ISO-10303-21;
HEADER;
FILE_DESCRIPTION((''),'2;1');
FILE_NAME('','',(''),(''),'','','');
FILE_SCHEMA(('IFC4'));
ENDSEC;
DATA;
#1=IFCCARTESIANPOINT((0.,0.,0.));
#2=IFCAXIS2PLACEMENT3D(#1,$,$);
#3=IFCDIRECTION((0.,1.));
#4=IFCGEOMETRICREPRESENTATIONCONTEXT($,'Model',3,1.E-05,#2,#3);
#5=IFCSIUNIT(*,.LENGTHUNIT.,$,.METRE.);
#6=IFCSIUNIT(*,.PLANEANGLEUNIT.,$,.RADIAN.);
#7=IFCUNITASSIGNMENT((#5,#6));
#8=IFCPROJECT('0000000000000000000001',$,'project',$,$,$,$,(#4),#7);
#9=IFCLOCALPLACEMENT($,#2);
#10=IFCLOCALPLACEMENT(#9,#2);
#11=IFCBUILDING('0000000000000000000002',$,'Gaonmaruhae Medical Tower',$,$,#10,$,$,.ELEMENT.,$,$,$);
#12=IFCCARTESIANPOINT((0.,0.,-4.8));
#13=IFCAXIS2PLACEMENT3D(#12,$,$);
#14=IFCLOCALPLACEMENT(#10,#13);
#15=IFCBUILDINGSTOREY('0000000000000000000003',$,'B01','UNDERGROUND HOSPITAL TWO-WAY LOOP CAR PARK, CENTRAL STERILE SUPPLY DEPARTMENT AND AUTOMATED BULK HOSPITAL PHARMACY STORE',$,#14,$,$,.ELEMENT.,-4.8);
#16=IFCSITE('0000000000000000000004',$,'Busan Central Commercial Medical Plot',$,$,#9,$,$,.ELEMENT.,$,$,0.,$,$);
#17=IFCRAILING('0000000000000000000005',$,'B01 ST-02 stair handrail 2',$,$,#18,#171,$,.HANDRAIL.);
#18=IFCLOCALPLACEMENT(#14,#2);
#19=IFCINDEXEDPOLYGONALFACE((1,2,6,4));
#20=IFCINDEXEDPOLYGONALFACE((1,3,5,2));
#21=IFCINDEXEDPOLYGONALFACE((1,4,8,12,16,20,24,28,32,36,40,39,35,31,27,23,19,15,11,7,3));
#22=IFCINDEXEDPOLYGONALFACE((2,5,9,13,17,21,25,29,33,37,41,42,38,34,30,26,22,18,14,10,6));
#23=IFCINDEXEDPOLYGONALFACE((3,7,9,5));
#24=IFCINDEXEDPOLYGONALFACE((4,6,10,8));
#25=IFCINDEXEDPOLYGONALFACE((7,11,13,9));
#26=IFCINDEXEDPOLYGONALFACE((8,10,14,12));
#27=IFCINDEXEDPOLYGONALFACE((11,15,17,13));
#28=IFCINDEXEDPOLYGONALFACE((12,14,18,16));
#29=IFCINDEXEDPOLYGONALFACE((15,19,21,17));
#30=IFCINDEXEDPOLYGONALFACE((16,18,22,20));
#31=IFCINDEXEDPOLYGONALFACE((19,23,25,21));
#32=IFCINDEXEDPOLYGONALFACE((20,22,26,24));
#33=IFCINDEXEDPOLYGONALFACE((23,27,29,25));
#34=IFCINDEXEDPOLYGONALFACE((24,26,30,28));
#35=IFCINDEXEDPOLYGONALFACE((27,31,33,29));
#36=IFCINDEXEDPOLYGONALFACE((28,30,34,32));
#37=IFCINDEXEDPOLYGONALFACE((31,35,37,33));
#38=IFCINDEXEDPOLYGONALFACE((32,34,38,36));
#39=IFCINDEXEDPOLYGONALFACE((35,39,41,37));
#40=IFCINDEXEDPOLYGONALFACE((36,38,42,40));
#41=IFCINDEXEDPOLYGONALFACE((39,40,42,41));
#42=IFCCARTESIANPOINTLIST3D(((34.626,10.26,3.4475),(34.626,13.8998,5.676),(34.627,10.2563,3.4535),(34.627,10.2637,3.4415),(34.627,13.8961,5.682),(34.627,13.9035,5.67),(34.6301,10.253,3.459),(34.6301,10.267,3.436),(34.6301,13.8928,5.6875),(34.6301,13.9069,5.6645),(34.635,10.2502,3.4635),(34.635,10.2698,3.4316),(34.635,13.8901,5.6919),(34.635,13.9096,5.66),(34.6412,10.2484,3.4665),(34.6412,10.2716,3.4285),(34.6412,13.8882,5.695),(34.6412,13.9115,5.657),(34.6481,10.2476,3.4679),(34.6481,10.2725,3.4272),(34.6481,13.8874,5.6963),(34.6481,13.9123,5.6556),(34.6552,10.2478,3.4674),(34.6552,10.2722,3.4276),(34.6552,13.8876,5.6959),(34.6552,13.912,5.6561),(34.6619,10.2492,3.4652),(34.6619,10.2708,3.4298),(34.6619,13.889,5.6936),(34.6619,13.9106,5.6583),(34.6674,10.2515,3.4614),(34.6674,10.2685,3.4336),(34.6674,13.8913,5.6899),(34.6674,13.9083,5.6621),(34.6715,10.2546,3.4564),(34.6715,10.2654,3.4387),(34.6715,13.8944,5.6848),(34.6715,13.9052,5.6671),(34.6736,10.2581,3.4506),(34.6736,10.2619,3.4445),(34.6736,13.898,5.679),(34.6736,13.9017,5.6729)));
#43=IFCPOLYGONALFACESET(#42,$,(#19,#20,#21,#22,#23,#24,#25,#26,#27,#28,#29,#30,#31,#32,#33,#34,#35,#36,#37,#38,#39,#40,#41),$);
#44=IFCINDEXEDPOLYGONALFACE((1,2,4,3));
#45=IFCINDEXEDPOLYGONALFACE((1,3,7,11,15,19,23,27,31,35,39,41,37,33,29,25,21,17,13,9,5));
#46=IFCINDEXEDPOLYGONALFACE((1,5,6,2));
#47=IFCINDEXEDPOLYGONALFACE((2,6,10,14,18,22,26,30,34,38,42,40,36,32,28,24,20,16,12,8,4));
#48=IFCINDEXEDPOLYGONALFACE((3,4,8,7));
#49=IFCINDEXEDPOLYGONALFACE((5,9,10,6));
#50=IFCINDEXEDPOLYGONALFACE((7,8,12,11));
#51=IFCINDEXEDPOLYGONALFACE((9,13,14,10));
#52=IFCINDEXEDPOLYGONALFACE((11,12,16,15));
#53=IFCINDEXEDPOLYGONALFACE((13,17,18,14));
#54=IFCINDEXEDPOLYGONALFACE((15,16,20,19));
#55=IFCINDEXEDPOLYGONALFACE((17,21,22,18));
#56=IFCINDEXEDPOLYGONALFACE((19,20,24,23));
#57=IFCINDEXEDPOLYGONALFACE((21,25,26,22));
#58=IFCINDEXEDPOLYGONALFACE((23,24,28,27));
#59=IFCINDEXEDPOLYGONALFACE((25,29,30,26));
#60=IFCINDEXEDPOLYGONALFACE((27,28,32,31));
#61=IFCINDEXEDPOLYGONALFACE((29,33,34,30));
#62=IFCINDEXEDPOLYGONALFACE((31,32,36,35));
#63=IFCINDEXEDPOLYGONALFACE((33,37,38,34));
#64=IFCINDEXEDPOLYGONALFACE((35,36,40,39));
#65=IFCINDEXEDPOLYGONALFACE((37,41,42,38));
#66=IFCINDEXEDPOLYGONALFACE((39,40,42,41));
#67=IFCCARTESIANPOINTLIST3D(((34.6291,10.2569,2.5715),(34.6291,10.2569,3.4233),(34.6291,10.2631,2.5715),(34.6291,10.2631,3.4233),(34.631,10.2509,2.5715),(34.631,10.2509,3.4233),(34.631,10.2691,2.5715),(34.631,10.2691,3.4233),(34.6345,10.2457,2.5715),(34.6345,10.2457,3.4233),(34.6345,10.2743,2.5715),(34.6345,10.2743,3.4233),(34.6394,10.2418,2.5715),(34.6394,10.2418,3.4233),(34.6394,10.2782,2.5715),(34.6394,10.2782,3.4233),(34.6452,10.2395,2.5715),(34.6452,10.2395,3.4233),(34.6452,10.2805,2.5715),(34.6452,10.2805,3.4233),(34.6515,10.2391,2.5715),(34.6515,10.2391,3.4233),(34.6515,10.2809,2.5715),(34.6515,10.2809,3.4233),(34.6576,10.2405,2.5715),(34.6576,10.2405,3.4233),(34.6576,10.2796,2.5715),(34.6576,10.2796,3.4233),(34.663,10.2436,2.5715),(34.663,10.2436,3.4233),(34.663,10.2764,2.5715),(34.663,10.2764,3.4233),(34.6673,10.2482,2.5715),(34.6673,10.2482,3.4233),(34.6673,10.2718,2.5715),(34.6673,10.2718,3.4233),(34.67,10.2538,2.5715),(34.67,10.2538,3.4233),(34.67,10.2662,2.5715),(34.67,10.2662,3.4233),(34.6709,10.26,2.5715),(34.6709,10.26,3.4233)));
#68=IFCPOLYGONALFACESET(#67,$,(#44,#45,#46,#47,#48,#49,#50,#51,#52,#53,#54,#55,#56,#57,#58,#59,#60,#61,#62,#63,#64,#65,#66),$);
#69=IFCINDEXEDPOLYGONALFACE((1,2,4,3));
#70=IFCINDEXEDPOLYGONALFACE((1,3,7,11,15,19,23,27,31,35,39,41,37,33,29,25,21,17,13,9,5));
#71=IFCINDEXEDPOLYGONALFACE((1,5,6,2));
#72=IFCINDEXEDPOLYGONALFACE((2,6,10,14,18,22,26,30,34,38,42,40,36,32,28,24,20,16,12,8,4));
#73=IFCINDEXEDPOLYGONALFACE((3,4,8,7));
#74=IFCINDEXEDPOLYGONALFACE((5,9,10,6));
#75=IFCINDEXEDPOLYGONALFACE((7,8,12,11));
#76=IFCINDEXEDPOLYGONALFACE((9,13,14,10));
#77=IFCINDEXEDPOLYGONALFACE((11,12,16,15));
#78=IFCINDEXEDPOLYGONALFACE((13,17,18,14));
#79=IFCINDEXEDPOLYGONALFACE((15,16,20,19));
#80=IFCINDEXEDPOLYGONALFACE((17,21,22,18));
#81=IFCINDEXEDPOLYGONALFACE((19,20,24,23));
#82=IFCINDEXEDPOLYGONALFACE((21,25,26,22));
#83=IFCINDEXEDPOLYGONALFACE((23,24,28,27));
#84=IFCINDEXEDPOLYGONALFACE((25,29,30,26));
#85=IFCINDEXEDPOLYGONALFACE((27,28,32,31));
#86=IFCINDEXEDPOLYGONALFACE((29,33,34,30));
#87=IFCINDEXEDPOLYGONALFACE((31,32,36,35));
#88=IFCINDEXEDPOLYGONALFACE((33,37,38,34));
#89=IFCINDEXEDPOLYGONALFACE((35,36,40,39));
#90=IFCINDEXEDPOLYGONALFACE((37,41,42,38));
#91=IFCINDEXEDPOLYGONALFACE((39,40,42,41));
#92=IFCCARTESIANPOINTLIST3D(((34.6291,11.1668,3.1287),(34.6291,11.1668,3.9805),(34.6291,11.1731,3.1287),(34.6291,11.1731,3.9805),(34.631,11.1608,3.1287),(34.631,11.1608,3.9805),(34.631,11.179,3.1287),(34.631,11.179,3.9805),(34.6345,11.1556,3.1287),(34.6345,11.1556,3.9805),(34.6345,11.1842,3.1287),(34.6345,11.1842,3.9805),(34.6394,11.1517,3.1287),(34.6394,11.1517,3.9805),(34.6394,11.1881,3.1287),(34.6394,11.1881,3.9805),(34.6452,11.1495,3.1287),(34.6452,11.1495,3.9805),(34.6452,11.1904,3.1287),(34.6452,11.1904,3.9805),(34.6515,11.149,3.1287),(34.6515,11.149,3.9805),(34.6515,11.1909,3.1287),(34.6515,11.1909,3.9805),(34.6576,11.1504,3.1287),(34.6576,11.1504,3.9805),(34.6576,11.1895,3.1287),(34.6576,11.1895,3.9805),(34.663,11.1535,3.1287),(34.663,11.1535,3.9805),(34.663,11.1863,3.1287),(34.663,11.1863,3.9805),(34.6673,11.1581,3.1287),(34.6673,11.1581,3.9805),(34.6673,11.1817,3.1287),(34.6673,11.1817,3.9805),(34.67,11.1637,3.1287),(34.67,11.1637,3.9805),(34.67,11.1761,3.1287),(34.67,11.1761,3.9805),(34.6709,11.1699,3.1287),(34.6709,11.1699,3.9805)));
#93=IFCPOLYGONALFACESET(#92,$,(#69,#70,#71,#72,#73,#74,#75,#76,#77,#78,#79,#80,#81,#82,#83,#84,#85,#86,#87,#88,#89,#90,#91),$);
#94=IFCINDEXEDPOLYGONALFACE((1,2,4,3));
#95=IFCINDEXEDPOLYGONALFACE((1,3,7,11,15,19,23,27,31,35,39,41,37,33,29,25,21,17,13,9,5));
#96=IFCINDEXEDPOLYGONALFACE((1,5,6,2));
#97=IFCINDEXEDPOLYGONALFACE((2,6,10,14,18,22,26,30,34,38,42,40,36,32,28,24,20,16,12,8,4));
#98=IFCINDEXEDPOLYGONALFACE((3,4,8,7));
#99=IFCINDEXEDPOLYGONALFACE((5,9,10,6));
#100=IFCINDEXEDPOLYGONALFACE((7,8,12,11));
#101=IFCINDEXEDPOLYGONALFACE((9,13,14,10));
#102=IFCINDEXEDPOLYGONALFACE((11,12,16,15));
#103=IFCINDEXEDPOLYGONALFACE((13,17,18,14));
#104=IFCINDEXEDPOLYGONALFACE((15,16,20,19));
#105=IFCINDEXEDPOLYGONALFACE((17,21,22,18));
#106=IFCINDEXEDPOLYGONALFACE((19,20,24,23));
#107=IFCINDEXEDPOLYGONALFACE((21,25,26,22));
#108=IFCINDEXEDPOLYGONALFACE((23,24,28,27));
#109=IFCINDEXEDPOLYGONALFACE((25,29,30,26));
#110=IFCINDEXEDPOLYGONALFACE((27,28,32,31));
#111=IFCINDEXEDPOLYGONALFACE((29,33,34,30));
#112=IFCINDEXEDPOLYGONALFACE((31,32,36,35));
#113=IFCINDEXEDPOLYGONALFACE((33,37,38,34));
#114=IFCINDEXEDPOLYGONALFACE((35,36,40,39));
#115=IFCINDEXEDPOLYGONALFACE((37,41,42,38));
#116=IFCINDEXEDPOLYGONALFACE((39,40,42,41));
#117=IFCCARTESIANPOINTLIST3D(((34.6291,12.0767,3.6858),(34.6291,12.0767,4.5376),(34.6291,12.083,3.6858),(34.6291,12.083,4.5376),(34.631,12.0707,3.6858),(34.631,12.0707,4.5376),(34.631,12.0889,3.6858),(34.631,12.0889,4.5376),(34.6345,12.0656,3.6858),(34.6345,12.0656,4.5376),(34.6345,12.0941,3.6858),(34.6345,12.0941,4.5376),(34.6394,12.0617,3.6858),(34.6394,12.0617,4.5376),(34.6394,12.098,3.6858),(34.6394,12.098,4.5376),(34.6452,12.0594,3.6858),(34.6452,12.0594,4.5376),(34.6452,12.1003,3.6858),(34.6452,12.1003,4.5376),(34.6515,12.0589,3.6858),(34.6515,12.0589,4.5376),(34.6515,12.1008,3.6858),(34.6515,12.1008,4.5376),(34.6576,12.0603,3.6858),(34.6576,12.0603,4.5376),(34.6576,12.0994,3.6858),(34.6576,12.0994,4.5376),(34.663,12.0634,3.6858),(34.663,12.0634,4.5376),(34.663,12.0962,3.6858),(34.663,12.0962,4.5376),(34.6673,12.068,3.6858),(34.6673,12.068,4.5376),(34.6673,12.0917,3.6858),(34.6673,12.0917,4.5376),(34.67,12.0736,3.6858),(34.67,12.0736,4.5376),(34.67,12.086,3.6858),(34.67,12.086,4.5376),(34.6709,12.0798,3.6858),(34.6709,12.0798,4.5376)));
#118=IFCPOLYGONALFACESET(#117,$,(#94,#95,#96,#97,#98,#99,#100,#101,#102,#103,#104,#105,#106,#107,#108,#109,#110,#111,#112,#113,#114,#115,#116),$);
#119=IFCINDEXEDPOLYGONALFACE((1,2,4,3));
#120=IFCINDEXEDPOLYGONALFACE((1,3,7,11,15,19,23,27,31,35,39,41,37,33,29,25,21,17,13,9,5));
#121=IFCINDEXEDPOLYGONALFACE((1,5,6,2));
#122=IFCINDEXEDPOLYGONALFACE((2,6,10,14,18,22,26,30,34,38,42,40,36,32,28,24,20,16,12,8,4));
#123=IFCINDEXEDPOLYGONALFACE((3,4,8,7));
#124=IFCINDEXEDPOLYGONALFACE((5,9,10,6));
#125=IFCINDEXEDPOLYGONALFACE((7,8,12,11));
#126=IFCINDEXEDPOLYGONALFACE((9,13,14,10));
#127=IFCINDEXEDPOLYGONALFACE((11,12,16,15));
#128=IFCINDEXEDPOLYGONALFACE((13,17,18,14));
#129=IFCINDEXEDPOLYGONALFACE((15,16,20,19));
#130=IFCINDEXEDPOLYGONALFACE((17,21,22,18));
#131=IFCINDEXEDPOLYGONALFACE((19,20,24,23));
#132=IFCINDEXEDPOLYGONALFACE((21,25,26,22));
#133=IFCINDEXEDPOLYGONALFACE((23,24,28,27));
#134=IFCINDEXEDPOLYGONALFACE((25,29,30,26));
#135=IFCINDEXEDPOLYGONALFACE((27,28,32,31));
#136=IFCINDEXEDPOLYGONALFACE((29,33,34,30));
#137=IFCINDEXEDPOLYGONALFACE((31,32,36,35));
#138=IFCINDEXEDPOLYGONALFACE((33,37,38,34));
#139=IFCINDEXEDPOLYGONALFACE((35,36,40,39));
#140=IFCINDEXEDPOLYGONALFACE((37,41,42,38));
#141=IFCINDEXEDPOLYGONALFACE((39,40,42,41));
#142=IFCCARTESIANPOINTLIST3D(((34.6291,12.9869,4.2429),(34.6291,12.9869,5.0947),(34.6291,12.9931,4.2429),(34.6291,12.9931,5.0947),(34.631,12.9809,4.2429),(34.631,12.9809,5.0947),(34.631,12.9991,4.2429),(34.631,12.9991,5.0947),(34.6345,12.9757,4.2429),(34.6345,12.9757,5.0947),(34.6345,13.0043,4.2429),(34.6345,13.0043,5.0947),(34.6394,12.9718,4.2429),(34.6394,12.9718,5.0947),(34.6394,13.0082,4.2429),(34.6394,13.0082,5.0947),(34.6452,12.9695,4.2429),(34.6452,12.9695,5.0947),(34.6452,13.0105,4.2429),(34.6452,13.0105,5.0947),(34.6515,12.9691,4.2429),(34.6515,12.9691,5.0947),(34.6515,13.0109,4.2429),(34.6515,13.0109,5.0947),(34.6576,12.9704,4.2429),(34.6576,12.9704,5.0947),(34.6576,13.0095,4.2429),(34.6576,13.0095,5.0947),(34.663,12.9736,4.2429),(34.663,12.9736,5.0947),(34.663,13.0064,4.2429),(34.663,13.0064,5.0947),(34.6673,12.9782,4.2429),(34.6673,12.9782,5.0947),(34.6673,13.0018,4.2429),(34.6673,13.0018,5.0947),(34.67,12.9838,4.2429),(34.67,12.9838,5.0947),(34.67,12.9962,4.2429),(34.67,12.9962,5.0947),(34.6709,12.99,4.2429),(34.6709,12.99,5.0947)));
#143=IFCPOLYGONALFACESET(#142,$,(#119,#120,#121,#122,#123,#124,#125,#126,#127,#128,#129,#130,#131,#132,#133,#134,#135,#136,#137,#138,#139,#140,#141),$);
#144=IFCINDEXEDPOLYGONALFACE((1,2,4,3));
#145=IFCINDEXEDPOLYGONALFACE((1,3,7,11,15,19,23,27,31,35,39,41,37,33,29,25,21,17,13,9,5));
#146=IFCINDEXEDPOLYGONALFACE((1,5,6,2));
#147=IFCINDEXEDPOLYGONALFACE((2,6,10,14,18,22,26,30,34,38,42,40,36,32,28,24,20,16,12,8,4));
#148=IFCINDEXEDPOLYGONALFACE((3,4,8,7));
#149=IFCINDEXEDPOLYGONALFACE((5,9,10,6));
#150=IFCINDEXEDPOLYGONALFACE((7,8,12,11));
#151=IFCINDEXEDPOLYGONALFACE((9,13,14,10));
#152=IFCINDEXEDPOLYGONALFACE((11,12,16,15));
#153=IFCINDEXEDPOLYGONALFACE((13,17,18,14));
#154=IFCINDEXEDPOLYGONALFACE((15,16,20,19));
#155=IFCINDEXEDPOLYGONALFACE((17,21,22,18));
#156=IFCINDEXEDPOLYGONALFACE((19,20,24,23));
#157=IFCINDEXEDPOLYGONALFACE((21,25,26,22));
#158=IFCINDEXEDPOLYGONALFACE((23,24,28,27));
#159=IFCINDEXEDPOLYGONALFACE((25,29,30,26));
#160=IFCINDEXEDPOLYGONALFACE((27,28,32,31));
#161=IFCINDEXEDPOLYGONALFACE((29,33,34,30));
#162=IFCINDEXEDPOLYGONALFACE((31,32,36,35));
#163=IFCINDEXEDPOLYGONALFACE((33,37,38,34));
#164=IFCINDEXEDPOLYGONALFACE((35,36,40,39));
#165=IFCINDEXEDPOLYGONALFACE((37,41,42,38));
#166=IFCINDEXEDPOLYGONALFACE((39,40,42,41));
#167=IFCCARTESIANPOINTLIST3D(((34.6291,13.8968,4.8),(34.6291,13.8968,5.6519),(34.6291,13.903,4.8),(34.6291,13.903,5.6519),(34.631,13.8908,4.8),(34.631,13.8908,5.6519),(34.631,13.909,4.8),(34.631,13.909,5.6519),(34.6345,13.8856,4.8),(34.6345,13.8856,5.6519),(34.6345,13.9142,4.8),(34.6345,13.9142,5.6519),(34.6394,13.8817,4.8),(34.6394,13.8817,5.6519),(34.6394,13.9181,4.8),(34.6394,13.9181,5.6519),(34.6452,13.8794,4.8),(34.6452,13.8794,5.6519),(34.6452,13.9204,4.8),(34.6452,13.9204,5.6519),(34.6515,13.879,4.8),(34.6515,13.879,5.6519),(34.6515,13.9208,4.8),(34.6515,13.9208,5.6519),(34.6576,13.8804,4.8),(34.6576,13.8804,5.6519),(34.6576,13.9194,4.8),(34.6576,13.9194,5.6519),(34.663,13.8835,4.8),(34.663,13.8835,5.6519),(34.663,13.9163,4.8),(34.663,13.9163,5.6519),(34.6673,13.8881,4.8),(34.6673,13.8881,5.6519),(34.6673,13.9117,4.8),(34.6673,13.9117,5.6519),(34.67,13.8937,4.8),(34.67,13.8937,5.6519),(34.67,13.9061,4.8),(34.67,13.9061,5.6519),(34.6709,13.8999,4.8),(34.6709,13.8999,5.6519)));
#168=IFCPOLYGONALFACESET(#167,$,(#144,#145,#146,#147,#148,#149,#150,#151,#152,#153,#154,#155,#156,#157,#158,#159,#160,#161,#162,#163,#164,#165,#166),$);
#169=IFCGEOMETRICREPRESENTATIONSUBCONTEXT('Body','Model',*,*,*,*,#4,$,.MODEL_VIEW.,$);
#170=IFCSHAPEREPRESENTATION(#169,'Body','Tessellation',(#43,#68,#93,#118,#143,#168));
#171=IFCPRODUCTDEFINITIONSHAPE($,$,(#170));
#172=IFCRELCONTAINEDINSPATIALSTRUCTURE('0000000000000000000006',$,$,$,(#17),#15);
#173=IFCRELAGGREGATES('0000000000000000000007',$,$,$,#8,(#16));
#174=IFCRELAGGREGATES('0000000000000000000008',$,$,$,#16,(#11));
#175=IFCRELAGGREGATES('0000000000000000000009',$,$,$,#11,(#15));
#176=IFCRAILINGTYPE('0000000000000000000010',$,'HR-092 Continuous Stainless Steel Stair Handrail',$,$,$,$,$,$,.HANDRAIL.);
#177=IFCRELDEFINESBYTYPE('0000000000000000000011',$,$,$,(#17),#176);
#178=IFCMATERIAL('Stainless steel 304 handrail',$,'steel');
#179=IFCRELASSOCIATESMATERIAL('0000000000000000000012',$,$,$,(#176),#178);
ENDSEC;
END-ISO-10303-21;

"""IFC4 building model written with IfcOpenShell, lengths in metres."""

from ifc_helpers import new_model, si_unit, direction, frame, origin, origin_2d, place, context, subcontext, project, spatial, circle, extrude, material, type_object, element, save


model = new_model("IFC4")

# Units and contexts
model_context = context("Model", 3, precision=1e-05, world=origin(), true_north=direction((0.0, 1.0)))
body_context = subcontext(model_context, "Body", "Model", "MODEL_VIEW")
ifc_project = project(units=[si_unit("LENGTHUNIT", "METRE"), si_unit("PLANEANGLEUNIT", "RADIAN")], contexts=[model_context])

# Site, building, storey
site_placement = place(None, origin())
site = spatial("IfcSite", under=ifc_project, at=site_placement, Name="Busan Central Commercial Medical Plot", CompositionType="ELEMENT", RefElevation=0.0)
building_placement = place(site_placement, origin())
building = spatial("IfcBuilding", under=site, at=building_placement, Name="Gaonmaruhae Medical Tower", CompositionType="ELEMENT")
storey_placement = place(building_placement, frame((0.0, 0.0, -4.8)))
storey = spatial("IfcBuildingStorey", under=building, at=storey_placement, Name="B01", Description="UNDERGROUND HOSPITAL TWO-WAY LOOP CAR PARK, CENTRAL STERILE SUPPLY DEPARTMENT AND AUTOMATED BULK HOSPITAL PHARMACY STORE", CompositionType="ELEMENT", Elevation=-4.8)

# Railing
ifc_material_1 = material(Name="Stainless steel 304 handrail", Category="steel")
railing_type_1 = type_object("IfcRailingType", Name="HR-092 Continuous Stainless Steel Stair Handrail", PredefinedType="HANDRAIL", material=ifc_material_1)
railing_1_placement = place(storey_placement, frame((34.6499, 10.26, 2.5715)))
element("IfcRailing", 1, at=railing_1_placement, inside=storey, type_object=railing_type_1, Name="B01 ST-02 stair handrail 2", PredefinedType="HANDRAIL", context=body_context, shape_type="SweptSolid", body=[
    extrude(circle(Radius=0.0239, at=origin_2d()), frame((0.0, 0.0, 0.876), z_axis=(0.0, 0.85285, 0.522156), x_axis=(-1.0, 0.0, 0.0)), (0.0, 0.0, 1.0), 4.2678),
    extrude(circle(Radius=0.021, at=origin_2d()), origin(), (0.0, 0.0, 1.0), 0.8518),
    extrude(circle(Radius=0.021, at=origin_2d()), frame((0.0, 0.9099, 0.5571)), (0.0, 0.0, 1.0), 0.8518),
    extrude(circle(Radius=0.021, at=origin_2d()), frame((0.0, 1.8198, 1.1143)), (0.0, 0.0, 1.0), 0.8518),
    extrude(circle(Radius=0.021, at=origin_2d()), frame((0.0, 2.73, 1.6714)), (0.0, 0.0, 1.0), 0.8518),
    extrude(circle(Radius=0.021, at=origin_2d()), frame((0.0, 3.6399, 2.2285)), (0.0, 0.0, 1.0), 0.8518),
])

save(model, "model.ifc")
